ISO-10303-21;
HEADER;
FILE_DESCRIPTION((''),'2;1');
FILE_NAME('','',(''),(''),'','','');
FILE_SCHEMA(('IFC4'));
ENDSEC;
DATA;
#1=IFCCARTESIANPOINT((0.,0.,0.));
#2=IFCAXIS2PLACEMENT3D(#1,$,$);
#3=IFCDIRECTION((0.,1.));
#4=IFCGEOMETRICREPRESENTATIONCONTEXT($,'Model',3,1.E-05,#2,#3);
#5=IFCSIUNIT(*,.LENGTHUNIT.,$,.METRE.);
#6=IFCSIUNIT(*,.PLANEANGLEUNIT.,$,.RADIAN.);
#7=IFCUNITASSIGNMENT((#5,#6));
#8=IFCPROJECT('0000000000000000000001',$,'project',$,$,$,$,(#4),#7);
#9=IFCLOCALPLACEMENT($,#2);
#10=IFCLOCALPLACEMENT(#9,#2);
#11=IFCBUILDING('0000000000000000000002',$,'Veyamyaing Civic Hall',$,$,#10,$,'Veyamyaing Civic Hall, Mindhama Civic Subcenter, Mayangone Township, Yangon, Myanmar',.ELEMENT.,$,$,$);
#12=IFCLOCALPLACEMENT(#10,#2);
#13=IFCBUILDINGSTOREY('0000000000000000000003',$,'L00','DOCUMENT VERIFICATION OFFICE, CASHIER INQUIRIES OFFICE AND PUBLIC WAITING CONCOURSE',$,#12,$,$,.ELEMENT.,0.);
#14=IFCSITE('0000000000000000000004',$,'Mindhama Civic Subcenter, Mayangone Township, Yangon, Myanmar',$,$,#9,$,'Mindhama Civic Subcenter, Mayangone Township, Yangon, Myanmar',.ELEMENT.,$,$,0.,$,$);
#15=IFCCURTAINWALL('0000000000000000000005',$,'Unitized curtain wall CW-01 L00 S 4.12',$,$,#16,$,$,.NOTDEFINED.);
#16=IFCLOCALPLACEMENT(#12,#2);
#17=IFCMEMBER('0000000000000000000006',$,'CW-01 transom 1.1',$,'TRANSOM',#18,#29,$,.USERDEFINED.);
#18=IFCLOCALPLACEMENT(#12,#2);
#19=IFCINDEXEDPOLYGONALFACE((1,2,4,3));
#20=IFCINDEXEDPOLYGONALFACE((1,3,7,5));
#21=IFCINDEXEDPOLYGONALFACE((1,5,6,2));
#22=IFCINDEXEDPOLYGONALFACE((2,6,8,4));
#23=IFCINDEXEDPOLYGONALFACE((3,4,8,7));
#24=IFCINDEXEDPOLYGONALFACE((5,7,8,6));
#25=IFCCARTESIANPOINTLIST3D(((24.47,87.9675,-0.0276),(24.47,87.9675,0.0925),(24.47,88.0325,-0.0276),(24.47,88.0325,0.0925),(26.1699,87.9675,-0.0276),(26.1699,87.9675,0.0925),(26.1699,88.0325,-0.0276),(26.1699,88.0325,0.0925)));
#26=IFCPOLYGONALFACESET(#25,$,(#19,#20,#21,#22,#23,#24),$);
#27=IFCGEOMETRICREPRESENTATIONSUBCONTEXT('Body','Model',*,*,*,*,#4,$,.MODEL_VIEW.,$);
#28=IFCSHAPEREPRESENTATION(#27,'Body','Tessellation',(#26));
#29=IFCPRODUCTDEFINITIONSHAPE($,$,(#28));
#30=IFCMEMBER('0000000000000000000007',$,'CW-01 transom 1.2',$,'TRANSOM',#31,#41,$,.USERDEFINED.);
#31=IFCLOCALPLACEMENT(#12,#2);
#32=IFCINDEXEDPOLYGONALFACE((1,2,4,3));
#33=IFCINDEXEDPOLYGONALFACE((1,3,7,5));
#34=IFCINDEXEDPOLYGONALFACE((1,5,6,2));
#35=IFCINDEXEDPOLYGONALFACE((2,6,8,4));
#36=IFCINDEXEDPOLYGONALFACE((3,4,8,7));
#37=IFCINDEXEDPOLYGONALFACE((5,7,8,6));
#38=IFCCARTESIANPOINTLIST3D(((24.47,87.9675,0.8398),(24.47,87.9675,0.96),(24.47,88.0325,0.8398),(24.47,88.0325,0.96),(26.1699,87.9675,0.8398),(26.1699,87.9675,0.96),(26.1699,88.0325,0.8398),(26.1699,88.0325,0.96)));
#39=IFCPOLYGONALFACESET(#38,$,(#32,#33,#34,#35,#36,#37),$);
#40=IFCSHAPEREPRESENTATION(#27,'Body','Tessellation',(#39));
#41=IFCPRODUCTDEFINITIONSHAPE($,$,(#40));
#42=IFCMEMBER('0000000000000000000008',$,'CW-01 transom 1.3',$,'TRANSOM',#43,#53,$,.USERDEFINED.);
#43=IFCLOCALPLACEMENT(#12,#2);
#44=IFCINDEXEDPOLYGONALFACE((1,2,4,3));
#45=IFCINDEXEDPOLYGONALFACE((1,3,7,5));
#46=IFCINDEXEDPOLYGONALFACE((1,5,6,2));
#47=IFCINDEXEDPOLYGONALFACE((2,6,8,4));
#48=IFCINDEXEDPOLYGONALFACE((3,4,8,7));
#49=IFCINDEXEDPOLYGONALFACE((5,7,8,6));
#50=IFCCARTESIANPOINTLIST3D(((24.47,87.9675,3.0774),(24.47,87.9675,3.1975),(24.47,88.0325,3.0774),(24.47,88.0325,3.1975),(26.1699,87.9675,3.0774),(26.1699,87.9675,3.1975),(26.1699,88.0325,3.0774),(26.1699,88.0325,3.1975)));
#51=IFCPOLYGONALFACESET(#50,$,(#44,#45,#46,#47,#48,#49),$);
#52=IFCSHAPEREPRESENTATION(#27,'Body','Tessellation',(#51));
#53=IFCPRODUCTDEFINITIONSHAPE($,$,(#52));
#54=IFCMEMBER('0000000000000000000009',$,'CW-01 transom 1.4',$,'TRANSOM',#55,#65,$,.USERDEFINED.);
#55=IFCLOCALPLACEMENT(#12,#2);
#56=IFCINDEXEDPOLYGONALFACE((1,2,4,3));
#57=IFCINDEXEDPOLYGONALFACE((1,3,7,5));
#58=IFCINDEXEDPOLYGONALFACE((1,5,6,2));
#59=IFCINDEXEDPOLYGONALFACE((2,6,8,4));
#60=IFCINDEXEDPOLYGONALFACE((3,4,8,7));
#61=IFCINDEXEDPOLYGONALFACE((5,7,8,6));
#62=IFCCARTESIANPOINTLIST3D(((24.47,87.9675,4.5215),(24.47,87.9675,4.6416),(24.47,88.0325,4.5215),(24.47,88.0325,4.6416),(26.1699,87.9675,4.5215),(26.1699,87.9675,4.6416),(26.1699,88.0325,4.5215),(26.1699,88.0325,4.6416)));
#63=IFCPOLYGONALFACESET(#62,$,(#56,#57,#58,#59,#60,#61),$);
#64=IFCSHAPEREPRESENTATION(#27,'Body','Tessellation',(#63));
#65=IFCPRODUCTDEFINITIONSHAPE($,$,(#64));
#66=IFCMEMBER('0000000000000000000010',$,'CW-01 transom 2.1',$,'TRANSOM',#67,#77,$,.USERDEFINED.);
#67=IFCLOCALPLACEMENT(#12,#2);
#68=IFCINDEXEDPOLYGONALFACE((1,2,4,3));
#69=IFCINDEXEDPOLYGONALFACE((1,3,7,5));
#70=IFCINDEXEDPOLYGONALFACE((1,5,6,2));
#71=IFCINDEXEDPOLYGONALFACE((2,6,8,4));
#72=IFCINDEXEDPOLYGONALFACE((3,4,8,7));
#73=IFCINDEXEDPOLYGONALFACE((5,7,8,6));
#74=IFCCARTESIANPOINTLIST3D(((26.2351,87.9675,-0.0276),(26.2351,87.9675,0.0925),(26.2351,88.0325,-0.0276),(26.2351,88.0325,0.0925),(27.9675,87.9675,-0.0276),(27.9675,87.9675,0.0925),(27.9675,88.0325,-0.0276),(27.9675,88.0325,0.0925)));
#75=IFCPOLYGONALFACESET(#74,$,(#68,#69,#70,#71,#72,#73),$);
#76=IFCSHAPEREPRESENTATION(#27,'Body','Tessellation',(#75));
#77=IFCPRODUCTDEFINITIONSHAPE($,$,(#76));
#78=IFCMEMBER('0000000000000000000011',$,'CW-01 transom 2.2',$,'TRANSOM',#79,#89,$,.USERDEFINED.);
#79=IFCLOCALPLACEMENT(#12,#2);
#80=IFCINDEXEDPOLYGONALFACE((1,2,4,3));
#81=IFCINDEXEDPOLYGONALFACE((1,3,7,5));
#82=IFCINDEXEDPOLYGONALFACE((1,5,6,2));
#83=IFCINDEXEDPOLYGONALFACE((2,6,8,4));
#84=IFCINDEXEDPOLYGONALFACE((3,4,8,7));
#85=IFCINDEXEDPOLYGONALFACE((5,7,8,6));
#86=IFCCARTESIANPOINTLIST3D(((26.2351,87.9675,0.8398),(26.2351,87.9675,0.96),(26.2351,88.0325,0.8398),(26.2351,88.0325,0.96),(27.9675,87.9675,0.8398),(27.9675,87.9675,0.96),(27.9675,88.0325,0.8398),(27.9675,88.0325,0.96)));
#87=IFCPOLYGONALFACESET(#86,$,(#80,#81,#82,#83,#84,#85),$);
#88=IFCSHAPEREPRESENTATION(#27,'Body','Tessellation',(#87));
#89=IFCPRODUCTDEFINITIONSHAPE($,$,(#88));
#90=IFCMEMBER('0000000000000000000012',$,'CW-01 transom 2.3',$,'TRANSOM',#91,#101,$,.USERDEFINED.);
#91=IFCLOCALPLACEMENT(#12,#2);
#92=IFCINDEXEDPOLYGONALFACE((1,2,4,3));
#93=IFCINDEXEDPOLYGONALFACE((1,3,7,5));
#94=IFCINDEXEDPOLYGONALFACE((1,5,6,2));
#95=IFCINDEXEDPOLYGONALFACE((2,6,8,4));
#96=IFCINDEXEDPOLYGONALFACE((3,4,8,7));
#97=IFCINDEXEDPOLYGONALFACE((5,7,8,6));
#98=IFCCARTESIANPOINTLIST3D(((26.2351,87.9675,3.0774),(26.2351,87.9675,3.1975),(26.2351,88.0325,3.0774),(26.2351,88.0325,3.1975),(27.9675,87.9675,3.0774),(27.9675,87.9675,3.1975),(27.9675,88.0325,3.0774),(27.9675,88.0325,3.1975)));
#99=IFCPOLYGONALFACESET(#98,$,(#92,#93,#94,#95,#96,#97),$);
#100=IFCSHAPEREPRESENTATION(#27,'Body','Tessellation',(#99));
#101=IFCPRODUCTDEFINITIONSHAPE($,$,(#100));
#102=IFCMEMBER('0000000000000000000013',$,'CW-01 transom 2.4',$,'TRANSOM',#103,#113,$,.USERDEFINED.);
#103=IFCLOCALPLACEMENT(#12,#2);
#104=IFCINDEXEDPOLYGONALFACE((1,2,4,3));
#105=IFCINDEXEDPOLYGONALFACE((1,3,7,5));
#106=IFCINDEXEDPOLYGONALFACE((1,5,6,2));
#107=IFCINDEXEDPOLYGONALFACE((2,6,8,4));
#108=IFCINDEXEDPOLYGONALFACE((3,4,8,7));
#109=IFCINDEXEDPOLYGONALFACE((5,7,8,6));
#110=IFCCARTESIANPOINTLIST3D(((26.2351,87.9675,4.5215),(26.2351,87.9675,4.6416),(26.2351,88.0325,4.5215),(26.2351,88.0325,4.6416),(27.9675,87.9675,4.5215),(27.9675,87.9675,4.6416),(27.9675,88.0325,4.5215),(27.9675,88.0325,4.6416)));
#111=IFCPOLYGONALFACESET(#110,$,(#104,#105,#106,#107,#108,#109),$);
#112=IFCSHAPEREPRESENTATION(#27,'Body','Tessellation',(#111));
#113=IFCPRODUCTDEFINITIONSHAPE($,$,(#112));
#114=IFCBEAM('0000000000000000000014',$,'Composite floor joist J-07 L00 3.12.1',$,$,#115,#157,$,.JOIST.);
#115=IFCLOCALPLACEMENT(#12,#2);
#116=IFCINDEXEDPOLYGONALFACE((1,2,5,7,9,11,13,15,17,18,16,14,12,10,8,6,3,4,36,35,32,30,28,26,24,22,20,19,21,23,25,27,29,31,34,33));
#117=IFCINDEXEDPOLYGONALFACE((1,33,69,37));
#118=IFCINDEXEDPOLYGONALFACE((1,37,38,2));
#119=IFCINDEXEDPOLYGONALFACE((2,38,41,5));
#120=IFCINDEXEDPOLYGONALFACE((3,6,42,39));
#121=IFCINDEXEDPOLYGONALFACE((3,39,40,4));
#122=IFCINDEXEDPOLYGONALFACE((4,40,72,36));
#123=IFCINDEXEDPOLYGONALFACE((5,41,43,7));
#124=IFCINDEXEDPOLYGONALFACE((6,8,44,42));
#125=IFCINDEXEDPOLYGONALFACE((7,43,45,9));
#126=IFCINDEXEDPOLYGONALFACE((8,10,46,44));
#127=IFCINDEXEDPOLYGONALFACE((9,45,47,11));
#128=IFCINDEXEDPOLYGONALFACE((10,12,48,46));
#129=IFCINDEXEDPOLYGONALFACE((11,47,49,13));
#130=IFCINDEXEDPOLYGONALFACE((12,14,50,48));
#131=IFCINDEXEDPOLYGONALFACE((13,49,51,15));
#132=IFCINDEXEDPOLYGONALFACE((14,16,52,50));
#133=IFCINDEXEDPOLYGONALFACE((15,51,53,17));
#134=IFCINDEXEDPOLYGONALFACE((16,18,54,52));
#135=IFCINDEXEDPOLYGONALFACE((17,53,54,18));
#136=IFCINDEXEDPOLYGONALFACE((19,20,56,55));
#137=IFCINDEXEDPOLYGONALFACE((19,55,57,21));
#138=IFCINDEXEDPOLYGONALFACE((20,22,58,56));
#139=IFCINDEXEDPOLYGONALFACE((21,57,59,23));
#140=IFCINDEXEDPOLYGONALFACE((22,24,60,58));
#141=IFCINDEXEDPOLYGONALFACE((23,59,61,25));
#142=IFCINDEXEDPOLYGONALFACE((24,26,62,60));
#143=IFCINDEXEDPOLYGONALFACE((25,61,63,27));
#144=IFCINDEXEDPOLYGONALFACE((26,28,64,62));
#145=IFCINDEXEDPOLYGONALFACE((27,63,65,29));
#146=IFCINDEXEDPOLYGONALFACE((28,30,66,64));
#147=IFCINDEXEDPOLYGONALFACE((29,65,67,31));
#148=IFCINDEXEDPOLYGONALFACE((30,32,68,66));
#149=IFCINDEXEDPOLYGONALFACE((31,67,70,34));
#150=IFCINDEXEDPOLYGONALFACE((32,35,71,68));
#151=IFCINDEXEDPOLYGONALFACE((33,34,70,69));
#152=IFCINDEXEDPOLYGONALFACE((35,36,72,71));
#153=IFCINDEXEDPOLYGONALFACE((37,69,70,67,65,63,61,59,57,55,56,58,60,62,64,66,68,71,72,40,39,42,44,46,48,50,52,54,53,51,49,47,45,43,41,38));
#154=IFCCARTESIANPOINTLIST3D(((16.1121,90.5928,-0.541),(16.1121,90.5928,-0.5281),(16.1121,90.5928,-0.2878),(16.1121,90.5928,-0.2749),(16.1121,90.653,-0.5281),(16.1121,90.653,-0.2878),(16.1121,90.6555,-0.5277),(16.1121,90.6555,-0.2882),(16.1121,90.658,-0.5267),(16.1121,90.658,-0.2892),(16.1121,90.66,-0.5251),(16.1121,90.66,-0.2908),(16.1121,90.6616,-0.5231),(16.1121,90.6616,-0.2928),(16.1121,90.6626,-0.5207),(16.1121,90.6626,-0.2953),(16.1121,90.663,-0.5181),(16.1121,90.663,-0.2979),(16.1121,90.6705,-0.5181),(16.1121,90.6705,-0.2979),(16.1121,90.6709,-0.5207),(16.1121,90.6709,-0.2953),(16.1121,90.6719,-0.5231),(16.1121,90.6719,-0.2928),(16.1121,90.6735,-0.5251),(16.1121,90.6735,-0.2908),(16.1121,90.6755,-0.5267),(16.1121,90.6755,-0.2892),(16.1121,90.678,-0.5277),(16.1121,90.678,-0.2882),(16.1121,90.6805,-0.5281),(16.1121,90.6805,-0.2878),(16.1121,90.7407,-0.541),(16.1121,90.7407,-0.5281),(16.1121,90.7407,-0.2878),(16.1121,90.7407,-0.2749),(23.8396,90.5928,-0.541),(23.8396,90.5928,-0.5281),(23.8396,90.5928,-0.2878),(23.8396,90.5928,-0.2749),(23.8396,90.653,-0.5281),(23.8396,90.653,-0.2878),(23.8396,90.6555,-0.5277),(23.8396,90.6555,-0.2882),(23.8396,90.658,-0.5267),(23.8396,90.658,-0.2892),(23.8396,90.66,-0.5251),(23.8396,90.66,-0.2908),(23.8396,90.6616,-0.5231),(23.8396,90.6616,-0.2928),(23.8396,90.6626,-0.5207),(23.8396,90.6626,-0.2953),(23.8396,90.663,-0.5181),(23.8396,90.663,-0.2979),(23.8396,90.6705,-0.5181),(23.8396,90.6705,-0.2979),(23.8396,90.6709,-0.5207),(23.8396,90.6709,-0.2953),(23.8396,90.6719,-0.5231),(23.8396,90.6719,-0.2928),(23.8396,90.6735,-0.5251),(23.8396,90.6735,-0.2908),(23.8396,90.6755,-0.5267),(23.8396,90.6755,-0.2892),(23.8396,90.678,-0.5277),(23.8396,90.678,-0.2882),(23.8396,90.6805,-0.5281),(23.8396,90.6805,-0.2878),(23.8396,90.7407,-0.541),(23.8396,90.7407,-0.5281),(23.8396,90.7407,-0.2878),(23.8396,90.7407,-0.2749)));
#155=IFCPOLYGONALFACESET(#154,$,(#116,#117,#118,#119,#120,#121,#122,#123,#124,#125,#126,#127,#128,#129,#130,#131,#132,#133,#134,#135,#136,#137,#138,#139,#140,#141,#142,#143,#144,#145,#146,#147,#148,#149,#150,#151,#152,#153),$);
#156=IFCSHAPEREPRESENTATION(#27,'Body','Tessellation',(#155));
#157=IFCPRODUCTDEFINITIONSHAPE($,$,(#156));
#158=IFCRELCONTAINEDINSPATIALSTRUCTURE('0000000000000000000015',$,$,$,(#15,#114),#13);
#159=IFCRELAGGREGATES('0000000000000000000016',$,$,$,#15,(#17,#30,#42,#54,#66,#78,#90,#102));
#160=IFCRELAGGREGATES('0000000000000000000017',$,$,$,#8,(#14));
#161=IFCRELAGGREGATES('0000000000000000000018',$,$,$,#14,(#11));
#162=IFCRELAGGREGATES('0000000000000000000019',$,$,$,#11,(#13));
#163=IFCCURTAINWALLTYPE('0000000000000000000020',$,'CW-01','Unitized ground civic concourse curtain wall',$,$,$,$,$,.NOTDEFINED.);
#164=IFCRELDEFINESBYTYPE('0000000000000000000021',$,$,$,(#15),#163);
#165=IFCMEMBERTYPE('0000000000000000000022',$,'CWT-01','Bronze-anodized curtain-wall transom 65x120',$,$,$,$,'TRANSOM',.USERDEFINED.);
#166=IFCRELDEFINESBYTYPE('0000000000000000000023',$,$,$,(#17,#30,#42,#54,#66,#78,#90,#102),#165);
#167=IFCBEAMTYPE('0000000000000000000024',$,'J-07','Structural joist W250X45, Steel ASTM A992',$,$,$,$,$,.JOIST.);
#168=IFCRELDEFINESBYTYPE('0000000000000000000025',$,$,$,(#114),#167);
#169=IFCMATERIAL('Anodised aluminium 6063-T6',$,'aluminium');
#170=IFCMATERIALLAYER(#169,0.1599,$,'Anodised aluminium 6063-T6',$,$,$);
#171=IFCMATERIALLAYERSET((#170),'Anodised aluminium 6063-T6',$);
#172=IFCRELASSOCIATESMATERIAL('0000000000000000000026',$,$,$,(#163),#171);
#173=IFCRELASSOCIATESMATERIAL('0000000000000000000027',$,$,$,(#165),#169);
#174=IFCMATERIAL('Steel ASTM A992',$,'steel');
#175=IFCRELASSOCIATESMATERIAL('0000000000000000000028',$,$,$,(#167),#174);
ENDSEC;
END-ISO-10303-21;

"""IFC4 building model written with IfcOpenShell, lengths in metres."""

from ifc_helpers import new_model, si_unit, direction, frame, origin, origin_2d, place, context, subcontext, project, spatial, rectangle, i_section, extrude, material, layer, layer_set, material_profile, profile_set, type_object, element, aggregate, save


model = new_model("IFC4")

# Units and contexts
model_context = context("Model", 3, precision=1e-05, world=origin(), true_north=direction((0.0, 1.0)))
body_context = subcontext(model_context, "Body", "Model", "MODEL_VIEW")
ifc_project = project(units=[si_unit("LENGTHUNIT", "METRE"), si_unit("PLANEANGLEUNIT", "RADIAN")], contexts=[model_context])

# Site, building, storey
site_placement = place(None, origin())
site = spatial("IfcSite", under=ifc_project, at=site_placement, Name="Mindhama Civic Subcenter, Mayangone Township, Yangon, Myanmar", LongName="Mindhama Civic Subcenter, Mayangone Township, Yangon, Myanmar", CompositionType="ELEMENT", RefElevation=0.0)
building_placement = place(site_placement, origin())
building = spatial("IfcBuilding", under=site, at=building_placement, Name="Veyamyaing Civic Hall", LongName="Veyamyaing Civic Hall, Mindhama Civic Subcenter, Mayangone Township, Yangon, Myanmar", CompositionType="ELEMENT")
storey_placement = place(building_placement, origin())
storey = spatial("IfcBuildingStorey", under=building, at=storey_placement, Name="L00", Description="DOCUMENT VERIFICATION OFFICE, CASHIER INQUIRIES OFFICE AND PUBLIC WAITING CONCOURSE", CompositionType="ELEMENT", Elevation=0.0)

# Shared definitions
ifc_material_1 = material(Name="Steel ASTM A992", Category="steel")

# Curtain wall, members
ifc_material_2 = material(Name="Anodised aluminium 6063-T6", Category="aluminium")
ifc_layer_1 = layer(ifc_material_2, 0.1599, Name="Anodised aluminium 6063-T6")
ifc_layer_set_1 = layer_set([ifc_layer_1], Name="Anodised aluminium 6063-T6")
curtain_wall_type = type_object("IfcCurtainWallType", Name="CW-01", Description="Unitized ground civic concourse curtain wall", PredefinedType="NOTDEFINED", material=ifc_layer_set_1)
curtain_wall_placement = place(storey_placement, origin())
curtain_wall = element("IfcCurtainWall", 1, at=curtain_wall_placement, inside=storey, type_object=curtain_wall_type, Name="Unitized curtain wall CW-01 L00 S 4.12", PredefinedType="NOTDEFINED")
ifc_material_profile_1 = material_profile(ifc_material_2, rectangle(XDim=0.0649, YDim=0.1201, at=origin_2d()), Name="ALU-TRN-65X120")
ifc_profile_set_1 = profile_set([ifc_material_profile_1], Name="Anodised aluminium 6063-T6")
member_type_1 = type_object("IfcMemberType", Name="CWT-01", Description="Bronze-anodized curtain-wall transom 65x120", ElementType="TRANSOM", PredefinedType="USERDEFINED", material=ifc_profile_set_1)
member_1_placement = place(storey_placement, frame((24.47, 88.0, 0.0325), z_axis=(1.0, 0.0, 0.0), x_axis=(0.0, 1.0, 0.0)))
member_1 = element("IfcMember", 2, at=member_1_placement, type_object=member_type_1, Name="CW-01 transom 1.1", ObjectType="TRANSOM", PredefinedType="USERDEFINED", context=body_context, shape_type="SweptSolid", body=[
    extrude(rectangle(XDim=0.0649, YDim=0.1201, at=origin_2d()), origin(), (0.0, 0.0, 1.0), 1.7),
])
member_2_placement = place(storey_placement, frame((24.47, 88.0, 0.8999), z_axis=(1.0, 0.0, 0.0), x_axis=(0.0, 1.0, 0.0)))
member_2 = element("IfcMember", 3, at=member_2_placement, type_object=member_type_1, Name="CW-01 transom 1.2", ObjectType="TRANSOM", PredefinedType="USERDEFINED", context=body_context, shape_type="SweptSolid", body=[
    extrude(rectangle(XDim=0.0649, YDim=0.1201, at=origin_2d()), origin(), (0.0, 0.0, 1.0), 1.7),
])
member_3_placement = place(storey_placement, frame((24.47, 88.0, 3.1375), z_axis=(1.0, 0.0, 0.0), x_axis=(0.0, 1.0, 0.0)))
member_3 = element("IfcMember", 4, at=member_3_placement, type_object=member_type_1, Name="CW-01 transom 1.3", ObjectType="TRANSOM", PredefinedType="USERDEFINED", context=body_context, shape_type="SweptSolid", body=[
    extrude(rectangle(XDim=0.0649, YDim=0.1201, at=origin_2d()), origin(), (0.0, 0.0, 1.0), 1.7),
])
member_4_placement = place(storey_placement, frame((24.47, 88.0, 4.5815), z_axis=(1.0, 0.0, 0.0), x_axis=(0.0, 1.0, 0.0)))
member_4 = element("IfcMember", 5, at=member_4_placement, type_object=member_type_1, Name="CW-01 transom 1.4", ObjectType="TRANSOM", PredefinedType="USERDEFINED", context=body_context, shape_type="SweptSolid", body=[
    extrude(rectangle(XDim=0.0649, YDim=0.1201, at=origin_2d()), origin(), (0.0, 0.0, 1.0), 1.7),
])
member_5_placement = place(storey_placement, frame((26.2351, 88.0, 0.0325), z_axis=(1.0, 0.0, 0.0), x_axis=(0.0, 1.0, 0.0)))
member_5 = element("IfcMember", 6, at=member_5_placement, type_object=member_type_1, Name="CW-01 transom 2.1", ObjectType="TRANSOM", PredefinedType="USERDEFINED", context=body_context, shape_type="SweptSolid", body=[
    extrude(rectangle(XDim=0.0649, YDim=0.1201, at=origin_2d()), origin(), (0.0, 0.0, 1.0), 1.7324),
])
member_6_placement = place(storey_placement, frame((26.2351, 88.0, 0.8999), z_axis=(1.0, 0.0, 0.0), x_axis=(0.0, 1.0, 0.0)))
member_6 = element("IfcMember", 7, at=member_6_placement, type_object=member_type_1, Name="CW-01 transom 2.2", ObjectType="TRANSOM", PredefinedType="USERDEFINED", context=body_context, shape_type="SweptSolid", body=[
    extrude(rectangle(XDim=0.0649, YDim=0.1201, at=origin_2d()), origin(), (0.0, 0.0, 1.0), 1.7324),
])
member_7_placement = place(storey_placement, frame((26.2351, 88.0, 3.1375), z_axis=(1.0, 0.0, 0.0), x_axis=(0.0, 1.0, 0.0)))
member_7 = element("IfcMember", 8, at=member_7_placement, type_object=member_type_1, Name="CW-01 transom 2.3", ObjectType="TRANSOM", PredefinedType="USERDEFINED", context=body_context, shape_type="SweptSolid", body=[
    extrude(rectangle(XDim=0.0649, YDim=0.1201, at=origin_2d()), origin(), (0.0, 0.0, 1.0), 1.7324),
])
member_8_placement = place(storey_placement, frame((26.2351, 88.0, 4.5815), z_axis=(1.0, 0.0, 0.0), x_axis=(0.0, 1.0, 0.0)))
member_8 = element("IfcMember", 9, at=member_8_placement, type_object=member_type_1, Name="CW-01 transom 2.4", ObjectType="TRANSOM", PredefinedType="USERDEFINED", context=body_context, shape_type="SweptSolid", body=[
    extrude(rectangle(XDim=0.0649, YDim=0.1201, at=origin_2d()), origin(), (0.0, 0.0, 1.0), 1.7324),
])

# Beam
ifc_material_profile_2 = material_profile(ifc_material_1, i_section(OverallWidth=0.1479, OverallDepth=0.2661, WebThickness=0.0076, FlangeThickness=0.0129, FilletRadius=0.01, at=origin_2d()), Name="W250X45")
ifc_profile_set_2 = profile_set([ifc_material_profile_2], Name="Steel ASTM A992")
beam_type_1 = type_object("IfcBeamType", Name="J-07", Description="Structural joist W250X45, Steel ASTM A992", PredefinedType="JOIST", material=ifc_profile_set_2)
beam_1_placement = place(storey_placement, frame((16.1121, 90.6667, -0.408), z_axis=(1.0, 0.0, 0.0), x_axis=(0.0, 1.0, 0.0)))
element("IfcBeam", 10, at=beam_1_placement, inside=storey, type_object=beam_type_1, Name="Composite floor joist J-07 L00 3.12.1", PredefinedType="JOIST", context=body_context, shape_type="SweptSolid", body=[
    extrude(i_section(OverallWidth=0.1479, OverallDepth=0.2661, WebThickness=0.0076, FlangeThickness=0.0129, FilletRadius=0.01, at=origin_2d()), origin(), (0.0, 0.0, 1.0), 7.7275),
])

aggregate(curtain_wall, [member_1, member_2, member_3, member_4, member_5, member_6, member_7, member_8])

save(model, "model.ifc")
